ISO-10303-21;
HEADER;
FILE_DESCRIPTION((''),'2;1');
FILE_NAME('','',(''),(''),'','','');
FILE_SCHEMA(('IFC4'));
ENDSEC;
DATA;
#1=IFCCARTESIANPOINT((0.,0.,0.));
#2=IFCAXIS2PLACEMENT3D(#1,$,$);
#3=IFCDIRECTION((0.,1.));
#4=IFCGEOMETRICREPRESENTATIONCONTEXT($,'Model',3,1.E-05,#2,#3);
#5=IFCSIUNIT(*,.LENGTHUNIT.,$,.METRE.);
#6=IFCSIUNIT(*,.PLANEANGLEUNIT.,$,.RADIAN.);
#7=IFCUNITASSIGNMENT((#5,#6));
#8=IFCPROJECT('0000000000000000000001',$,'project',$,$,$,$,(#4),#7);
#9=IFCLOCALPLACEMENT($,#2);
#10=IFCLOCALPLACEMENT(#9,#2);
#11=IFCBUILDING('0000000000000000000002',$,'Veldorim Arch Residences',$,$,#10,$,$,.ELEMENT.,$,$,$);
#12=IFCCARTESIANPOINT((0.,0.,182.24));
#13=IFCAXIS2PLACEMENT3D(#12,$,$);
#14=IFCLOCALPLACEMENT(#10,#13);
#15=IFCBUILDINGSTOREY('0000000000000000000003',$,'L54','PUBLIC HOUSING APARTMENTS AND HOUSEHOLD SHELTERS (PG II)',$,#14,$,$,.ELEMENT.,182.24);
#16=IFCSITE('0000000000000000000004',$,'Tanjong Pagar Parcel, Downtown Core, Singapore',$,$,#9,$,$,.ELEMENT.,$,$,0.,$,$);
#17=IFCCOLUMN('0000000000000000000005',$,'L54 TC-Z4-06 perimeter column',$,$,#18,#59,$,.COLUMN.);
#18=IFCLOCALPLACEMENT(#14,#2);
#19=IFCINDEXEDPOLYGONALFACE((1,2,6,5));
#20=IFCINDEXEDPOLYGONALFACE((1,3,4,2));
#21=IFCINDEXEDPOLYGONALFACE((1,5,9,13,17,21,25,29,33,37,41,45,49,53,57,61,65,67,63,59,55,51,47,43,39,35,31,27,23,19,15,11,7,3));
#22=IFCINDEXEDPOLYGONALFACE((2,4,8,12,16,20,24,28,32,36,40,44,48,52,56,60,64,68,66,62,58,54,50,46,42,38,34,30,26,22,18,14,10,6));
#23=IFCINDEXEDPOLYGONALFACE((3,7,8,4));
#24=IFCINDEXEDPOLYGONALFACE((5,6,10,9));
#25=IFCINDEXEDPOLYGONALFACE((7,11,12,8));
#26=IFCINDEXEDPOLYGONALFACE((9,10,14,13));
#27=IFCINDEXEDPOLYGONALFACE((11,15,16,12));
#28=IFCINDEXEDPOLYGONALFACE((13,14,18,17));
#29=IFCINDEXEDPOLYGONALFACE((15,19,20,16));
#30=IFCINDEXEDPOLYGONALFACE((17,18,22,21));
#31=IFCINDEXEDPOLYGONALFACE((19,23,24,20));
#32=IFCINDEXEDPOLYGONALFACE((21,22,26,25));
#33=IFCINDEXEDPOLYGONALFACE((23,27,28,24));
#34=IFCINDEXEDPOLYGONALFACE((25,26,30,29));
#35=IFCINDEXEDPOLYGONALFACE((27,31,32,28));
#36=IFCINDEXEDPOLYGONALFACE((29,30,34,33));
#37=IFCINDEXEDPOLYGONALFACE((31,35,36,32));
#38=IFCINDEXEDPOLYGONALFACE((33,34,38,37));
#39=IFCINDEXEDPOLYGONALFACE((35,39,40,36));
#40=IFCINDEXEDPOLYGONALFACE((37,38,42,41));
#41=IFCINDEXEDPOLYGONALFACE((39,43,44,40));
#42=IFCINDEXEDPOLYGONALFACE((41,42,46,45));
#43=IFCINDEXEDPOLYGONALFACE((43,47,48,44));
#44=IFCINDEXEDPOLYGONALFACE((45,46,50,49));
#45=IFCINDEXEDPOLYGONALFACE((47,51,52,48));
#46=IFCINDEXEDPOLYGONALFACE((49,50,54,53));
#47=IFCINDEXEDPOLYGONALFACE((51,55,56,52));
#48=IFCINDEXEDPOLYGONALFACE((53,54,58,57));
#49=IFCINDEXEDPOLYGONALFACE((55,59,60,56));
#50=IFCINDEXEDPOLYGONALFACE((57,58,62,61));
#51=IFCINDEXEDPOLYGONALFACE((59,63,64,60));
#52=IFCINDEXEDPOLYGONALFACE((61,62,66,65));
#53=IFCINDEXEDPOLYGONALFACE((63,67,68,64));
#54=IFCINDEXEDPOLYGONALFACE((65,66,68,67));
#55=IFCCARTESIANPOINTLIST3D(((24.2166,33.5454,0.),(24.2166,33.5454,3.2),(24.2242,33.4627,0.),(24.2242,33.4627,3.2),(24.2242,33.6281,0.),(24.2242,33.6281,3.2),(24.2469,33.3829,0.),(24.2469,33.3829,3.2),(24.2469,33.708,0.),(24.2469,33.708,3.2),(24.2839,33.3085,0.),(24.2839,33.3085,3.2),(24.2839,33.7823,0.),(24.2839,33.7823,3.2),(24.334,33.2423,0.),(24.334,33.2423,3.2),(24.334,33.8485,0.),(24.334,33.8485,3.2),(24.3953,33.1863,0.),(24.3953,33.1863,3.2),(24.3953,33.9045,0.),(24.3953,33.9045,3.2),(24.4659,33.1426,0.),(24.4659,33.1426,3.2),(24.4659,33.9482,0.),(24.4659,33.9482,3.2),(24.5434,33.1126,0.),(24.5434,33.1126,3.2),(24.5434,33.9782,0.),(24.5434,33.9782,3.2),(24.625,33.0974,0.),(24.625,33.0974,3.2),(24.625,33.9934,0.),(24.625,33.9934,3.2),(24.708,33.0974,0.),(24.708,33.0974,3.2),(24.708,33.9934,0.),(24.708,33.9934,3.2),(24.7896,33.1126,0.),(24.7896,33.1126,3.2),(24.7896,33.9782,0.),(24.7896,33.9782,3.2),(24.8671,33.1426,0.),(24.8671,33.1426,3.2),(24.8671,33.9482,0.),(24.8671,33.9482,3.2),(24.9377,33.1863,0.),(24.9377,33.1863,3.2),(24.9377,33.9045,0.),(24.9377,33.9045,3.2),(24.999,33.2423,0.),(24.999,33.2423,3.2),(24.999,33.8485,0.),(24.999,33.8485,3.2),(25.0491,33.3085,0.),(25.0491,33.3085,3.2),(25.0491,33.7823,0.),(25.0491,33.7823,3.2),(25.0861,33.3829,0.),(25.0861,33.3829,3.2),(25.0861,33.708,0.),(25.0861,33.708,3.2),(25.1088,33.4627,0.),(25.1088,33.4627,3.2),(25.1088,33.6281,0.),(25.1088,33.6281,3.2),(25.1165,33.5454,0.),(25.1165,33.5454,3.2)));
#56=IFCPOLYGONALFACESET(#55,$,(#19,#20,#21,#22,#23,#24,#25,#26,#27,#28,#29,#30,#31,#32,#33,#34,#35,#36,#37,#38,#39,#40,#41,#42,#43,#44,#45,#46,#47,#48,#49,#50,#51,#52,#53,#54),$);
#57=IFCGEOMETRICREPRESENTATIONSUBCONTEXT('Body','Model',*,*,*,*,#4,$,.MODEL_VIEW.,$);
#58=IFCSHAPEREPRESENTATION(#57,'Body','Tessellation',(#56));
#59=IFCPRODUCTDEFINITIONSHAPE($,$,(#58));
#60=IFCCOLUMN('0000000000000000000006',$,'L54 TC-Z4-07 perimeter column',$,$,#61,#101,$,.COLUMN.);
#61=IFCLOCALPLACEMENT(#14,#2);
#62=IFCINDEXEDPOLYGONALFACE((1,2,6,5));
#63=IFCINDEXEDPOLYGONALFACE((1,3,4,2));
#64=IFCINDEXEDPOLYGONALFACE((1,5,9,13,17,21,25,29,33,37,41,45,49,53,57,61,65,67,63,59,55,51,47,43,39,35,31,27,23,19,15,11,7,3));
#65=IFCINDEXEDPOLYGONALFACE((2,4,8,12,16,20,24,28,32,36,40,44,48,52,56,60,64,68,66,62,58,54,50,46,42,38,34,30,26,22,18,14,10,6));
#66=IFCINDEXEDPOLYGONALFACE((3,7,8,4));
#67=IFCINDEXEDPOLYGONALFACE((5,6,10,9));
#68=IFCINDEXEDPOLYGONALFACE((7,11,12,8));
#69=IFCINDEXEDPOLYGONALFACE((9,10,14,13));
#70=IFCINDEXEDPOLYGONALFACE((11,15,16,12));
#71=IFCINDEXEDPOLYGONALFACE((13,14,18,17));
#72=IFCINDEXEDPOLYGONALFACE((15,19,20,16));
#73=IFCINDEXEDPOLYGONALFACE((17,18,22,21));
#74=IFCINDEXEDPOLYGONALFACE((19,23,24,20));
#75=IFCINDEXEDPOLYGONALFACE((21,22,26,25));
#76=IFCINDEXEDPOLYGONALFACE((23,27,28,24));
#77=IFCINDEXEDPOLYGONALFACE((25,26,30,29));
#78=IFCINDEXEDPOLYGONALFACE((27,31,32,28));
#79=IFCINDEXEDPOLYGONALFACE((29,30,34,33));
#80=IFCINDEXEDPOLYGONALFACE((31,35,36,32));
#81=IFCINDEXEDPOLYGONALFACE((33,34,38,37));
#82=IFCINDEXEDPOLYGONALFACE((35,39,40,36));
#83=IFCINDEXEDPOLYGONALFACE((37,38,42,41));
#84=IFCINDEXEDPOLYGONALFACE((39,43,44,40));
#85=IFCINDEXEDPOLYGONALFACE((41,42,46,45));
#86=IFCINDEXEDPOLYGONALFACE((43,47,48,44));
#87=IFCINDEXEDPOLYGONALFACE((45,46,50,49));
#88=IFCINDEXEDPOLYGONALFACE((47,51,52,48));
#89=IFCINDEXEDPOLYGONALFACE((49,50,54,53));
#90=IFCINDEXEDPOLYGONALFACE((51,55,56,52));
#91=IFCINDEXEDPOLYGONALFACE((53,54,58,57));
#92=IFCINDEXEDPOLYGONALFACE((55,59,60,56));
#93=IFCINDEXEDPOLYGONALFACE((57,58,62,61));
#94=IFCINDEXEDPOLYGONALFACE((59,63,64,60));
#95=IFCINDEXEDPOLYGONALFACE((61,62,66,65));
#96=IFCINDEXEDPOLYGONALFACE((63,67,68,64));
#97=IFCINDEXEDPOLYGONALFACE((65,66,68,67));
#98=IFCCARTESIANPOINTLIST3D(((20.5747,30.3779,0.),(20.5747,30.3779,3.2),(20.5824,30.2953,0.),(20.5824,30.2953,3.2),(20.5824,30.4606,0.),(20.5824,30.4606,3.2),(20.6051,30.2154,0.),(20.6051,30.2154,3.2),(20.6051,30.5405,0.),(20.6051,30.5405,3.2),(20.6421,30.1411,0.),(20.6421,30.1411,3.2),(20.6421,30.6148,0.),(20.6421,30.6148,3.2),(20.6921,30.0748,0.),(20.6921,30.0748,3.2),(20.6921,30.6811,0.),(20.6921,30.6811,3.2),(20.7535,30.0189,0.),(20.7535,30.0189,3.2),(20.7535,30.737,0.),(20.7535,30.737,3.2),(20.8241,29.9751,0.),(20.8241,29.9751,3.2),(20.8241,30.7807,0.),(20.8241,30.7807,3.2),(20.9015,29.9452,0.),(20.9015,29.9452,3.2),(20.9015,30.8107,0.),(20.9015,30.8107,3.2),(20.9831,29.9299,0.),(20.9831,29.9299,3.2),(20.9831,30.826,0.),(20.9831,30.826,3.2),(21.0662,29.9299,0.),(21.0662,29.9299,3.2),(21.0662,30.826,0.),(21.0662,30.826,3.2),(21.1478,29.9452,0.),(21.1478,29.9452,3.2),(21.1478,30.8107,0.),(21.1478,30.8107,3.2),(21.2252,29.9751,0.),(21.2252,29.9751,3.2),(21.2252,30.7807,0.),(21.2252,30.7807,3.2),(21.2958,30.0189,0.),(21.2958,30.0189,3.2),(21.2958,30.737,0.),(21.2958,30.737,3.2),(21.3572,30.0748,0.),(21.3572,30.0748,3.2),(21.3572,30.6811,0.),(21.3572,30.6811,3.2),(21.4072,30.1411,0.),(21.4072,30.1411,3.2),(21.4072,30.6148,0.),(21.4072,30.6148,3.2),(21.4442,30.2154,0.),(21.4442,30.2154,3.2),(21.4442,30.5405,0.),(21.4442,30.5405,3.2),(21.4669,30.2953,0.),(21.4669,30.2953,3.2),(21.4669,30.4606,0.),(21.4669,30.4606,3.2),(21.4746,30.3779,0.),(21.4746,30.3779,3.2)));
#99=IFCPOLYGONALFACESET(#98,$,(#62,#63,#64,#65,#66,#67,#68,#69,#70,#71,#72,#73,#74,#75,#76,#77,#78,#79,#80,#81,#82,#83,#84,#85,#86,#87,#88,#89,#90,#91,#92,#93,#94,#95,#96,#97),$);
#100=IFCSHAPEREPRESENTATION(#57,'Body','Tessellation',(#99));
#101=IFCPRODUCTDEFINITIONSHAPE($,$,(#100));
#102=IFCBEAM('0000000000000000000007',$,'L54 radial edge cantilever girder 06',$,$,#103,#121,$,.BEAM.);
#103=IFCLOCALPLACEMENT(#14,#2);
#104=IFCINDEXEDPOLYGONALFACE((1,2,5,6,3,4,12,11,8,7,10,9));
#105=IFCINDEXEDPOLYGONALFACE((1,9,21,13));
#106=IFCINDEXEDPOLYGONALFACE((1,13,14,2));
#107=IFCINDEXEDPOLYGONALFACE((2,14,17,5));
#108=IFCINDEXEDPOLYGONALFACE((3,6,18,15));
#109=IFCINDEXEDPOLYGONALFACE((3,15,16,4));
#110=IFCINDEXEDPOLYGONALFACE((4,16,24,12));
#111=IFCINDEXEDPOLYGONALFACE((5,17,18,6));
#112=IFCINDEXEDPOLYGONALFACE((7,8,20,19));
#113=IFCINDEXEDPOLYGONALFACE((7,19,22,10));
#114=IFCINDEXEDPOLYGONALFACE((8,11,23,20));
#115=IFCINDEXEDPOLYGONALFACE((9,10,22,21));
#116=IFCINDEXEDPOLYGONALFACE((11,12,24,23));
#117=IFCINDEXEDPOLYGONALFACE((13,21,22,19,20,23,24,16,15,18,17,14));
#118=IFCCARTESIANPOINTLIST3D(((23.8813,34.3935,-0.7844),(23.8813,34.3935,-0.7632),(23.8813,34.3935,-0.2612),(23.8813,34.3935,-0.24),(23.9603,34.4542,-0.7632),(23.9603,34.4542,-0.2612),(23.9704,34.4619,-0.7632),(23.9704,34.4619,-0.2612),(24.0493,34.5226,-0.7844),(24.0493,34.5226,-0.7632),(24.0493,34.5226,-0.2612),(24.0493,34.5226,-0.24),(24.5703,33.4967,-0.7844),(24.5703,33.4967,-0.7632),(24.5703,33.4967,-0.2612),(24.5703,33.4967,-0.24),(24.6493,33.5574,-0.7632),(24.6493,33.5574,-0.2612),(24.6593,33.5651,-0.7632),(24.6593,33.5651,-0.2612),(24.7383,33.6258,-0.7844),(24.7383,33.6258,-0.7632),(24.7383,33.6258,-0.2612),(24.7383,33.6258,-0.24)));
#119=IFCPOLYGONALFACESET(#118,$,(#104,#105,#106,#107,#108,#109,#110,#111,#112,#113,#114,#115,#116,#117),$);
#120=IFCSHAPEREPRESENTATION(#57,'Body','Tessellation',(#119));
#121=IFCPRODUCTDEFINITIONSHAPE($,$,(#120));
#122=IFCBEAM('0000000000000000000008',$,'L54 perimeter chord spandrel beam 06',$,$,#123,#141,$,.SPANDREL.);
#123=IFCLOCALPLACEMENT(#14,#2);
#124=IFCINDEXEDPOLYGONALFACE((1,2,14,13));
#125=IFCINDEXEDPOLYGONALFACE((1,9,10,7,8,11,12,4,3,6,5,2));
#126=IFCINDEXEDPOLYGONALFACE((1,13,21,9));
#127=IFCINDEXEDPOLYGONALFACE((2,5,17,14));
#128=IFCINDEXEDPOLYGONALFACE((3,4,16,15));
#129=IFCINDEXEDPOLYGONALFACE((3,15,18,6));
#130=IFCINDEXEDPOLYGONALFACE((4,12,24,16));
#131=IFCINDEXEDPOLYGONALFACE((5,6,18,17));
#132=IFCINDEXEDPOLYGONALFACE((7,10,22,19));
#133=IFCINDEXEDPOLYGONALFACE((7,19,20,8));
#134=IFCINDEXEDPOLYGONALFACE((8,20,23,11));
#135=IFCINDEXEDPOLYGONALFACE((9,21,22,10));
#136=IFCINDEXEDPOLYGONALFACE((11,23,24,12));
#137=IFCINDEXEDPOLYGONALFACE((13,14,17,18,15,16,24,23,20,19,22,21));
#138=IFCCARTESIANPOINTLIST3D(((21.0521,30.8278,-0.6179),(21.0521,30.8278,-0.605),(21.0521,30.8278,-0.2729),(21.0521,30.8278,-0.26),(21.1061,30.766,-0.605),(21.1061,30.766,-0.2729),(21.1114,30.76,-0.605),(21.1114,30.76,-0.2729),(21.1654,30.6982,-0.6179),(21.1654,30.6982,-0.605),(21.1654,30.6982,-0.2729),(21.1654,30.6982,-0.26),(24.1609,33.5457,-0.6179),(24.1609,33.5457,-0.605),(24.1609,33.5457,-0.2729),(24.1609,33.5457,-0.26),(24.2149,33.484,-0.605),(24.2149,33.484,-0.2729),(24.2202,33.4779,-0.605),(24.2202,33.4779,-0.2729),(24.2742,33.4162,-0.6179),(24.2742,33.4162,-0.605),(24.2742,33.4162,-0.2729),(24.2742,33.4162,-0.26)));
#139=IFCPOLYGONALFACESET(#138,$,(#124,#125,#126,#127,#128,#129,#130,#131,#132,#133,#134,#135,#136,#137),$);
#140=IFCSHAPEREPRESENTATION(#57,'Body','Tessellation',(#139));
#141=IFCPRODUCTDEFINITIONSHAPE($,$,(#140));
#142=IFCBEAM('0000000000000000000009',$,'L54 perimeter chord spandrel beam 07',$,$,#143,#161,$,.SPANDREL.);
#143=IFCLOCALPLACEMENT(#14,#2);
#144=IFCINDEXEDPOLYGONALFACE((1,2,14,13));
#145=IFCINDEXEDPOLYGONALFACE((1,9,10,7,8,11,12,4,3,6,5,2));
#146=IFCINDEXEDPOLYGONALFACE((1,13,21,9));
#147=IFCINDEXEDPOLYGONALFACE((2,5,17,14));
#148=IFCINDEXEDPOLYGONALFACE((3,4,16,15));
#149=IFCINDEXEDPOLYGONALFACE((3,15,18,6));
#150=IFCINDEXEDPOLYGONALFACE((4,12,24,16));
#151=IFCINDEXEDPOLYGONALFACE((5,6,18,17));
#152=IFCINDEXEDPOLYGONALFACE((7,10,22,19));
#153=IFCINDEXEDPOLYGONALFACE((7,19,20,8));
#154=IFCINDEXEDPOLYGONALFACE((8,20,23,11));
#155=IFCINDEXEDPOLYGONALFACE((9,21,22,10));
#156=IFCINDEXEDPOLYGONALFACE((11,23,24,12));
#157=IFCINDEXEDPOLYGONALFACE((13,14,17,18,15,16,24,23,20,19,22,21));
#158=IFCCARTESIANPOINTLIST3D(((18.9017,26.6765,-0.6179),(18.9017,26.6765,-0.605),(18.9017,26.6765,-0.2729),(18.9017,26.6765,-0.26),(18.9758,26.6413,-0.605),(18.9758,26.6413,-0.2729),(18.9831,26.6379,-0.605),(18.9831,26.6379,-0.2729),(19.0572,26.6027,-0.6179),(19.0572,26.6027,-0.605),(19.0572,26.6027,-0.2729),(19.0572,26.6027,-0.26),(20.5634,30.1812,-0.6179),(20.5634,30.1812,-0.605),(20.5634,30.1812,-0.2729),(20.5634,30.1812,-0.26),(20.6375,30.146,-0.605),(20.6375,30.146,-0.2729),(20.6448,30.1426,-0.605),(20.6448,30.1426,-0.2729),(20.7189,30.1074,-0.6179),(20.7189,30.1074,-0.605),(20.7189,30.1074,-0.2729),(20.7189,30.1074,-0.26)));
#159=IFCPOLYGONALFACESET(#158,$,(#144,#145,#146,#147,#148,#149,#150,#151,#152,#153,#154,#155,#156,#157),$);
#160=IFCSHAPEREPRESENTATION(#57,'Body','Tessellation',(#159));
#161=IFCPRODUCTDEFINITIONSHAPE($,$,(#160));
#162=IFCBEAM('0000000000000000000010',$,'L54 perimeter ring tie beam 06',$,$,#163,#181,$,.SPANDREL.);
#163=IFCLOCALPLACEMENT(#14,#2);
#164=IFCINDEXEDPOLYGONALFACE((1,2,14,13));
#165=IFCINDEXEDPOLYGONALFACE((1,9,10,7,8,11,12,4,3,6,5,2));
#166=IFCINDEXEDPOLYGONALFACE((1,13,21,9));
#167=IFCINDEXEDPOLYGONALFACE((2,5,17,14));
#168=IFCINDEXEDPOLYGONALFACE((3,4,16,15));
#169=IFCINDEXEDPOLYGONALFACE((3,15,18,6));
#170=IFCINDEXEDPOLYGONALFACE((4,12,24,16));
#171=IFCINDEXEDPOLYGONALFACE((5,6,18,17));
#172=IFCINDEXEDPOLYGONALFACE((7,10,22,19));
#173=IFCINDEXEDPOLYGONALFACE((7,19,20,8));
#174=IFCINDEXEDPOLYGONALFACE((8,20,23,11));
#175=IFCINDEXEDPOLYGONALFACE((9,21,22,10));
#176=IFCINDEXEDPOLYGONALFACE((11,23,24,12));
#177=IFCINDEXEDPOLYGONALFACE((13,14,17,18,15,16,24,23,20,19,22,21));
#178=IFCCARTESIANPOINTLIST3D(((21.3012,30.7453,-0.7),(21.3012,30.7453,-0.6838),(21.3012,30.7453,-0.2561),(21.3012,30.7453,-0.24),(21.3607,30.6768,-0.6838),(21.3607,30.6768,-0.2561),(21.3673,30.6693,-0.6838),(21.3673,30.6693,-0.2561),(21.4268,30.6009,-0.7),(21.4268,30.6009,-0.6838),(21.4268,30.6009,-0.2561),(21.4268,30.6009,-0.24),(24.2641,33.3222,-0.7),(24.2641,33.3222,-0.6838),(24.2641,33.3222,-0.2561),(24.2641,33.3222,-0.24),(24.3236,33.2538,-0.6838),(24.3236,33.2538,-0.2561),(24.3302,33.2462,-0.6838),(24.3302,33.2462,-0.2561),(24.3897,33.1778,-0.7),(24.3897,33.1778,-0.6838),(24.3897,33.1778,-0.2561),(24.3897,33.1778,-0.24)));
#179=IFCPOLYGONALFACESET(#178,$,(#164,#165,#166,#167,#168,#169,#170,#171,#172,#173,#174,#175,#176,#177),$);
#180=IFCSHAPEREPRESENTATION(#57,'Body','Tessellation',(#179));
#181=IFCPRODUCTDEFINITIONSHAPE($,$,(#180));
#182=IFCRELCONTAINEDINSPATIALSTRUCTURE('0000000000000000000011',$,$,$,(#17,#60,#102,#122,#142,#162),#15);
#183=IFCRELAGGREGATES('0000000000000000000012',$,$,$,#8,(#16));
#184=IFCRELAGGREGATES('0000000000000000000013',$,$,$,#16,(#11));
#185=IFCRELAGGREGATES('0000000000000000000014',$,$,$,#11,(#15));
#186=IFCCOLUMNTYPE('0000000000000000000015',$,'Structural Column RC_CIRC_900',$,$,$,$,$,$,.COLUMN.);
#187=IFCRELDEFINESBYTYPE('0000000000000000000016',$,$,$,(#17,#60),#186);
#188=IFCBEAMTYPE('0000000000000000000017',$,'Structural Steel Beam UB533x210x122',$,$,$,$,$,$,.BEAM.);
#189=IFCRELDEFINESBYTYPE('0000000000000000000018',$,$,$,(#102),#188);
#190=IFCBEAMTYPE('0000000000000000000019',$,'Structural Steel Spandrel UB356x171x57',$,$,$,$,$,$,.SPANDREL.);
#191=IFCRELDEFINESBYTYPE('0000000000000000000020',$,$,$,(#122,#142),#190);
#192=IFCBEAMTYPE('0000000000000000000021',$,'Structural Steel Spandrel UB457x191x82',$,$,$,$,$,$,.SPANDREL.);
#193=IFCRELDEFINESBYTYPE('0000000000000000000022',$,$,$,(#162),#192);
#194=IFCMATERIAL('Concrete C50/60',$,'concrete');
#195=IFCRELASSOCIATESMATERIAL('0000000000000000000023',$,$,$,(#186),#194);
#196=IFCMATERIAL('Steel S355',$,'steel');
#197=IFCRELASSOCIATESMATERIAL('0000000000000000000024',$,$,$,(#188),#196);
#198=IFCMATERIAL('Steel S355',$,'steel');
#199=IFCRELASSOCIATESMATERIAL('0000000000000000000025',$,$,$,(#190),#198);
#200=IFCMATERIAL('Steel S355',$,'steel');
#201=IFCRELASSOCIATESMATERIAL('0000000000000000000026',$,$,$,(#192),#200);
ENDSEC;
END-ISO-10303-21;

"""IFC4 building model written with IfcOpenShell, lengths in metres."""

from ifc_helpers import new_model, si_unit, direction, frame, origin, origin_2d, place, context, subcontext, project, spatial, circle, i_section, extrude, material, material_profile, profile_set, type_object, element, save


model = new_model("IFC4")

# Units and contexts
model_context = context("Model", 3, precision=1e-05, world=origin(), true_north=direction((0.0, 1.0)))
body_context = subcontext(model_context, "Body", "Model", "MODEL_VIEW")
ifc_project = project(units=[si_unit("LENGTHUNIT", "METRE"), si_unit("PLANEANGLEUNIT", "RADIAN")], contexts=[model_context])

# Site, building, storey
site_placement = place(None, origin())
site = spatial("IfcSite", under=ifc_project, at=site_placement, Name="Tanjong Pagar Parcel, Downtown Core, Singapore", CompositionType="ELEMENT", RefElevation=0.0)
building_placement = place(site_placement, origin())
building = spatial("IfcBuilding", under=site, at=building_placement, Name="Veldorim Arch Residences", CompositionType="ELEMENT")
storey_placement = place(building_placement, frame((0.0, 0.0, 182.24)))
storey = spatial("IfcBuildingStorey", under=building, at=storey_placement, Name="L54", Description="PUBLIC HOUSING APARTMENTS AND HOUSEHOLD SHELTERS (PG II)", CompositionType="ELEMENT", Elevation=182.24)

# Columns
ifc_material_1 = material(Name="Concrete C50/60", Category="concrete")
ifc_material_profile_1 = material_profile(ifc_material_1, circle(Radius=0.45, at=origin_2d()), Name="RC_CIRC_900")
ifc_profile_set_1 = profile_set([ifc_material_profile_1], Name="Concrete C50/60")
column_type = type_object("IfcColumnType", Name="Structural Column RC_CIRC_900", PredefinedType="COLUMN", material=ifc_profile_set_1)
for number, where, z_axis, x_axis, name in (
    (1, (24.6665, 33.5454, 0.0), (0.0, 0.0, 1.0), (1.0, 0.0, 0.0), "L54 TC-Z4-06 perimeter column"),
    (2, (21.0247, 30.3779, 0.0), (0.0, 0.0, 1.0), (1.0, 0.0, 0.0), "L54 TC-Z4-07 perimeter column"),
):
    element("IfcColumn", number, at=place(storey_placement, frame(where, z_axis=z_axis, x_axis=x_axis)), inside=storey, type_object=column_type, Name=name, PredefinedType="COLUMN", context=body_context, shape_type="SweptSolid", body=[
        extrude(circle(Radius=0.45, at=origin_2d()), origin(), (0.0, 0.0, 1.0), 3.2),
    ])

# Beams
ifc_material_2 = material(Name="Steel S355", Category="steel")
ifc_material_profile_2 = material_profile(ifc_material_2, i_section(OverallWidth=0.2119, OverallDepth=0.5444, WebThickness=0.0127, FlangeThickness=0.0212, at=origin_2d()), Name="UB533x210x122")
ifc_profile_set_2 = profile_set([ifc_material_profile_2], Name="Steel S355")
beam_type_1 = type_object("IfcBeamType", Name="Structural Steel Beam UB533x210x122", PredefinedType="BEAM", material=ifc_profile_set_2)
beam_1_placement = place(storey_placement, frame((24.6543, 33.5613, -0.5122), z_axis=(-0.609252, 0.792977, 0.0), x_axis=(-0.792977, -0.609252, 0.0)))
element("IfcBeam", 3, at=beam_1_placement, inside=storey, type_object=beam_type_1, Name="L54 radial edge cantilever girder 06", PredefinedType="BEAM", context=body_context, shape_type="SweptSolid", body=[
    extrude(i_section(OverallWidth=0.2119, OverallDepth=0.5444, WebThickness=0.0127, FlangeThickness=0.0212, at=origin_2d()), origin(), (0.0, 0.0, 1.0), 1.1309),
])
ifc_material_3 = material(Name="Steel S355", Category="steel")
ifc_material_profile_3 = material_profile(ifc_material_3, i_section(OverallWidth=0.1721, OverallDepth=0.3579, WebThickness=0.0081, FlangeThickness=0.0129, at=origin_2d()), Name="UB356x171x57")
ifc_profile_set_3 = profile_set([ifc_material_profile_3], Name="Steel S355")
beam_type_2 = type_object("IfcBeamType", Name="Structural Steel Spandrel UB356x171x57", PredefinedType="SPANDREL", material=ifc_profile_set_3)
beam_2_placement = place(storey_placement, frame((24.2175, 33.481, -0.439), z_axis=(-0.752848, -0.658195, 0.0), x_axis=(0.658195, -0.752848, 0.0)))
element("IfcBeam", 4, at=beam_2_placement, inside=storey, type_object=beam_type_2, Name="L54 perimeter chord spandrel beam 06", PredefinedType="SPANDREL", context=body_context, shape_type="SweptSolid", body=[
    extrude(i_section(OverallWidth=0.1721, OverallDepth=0.3579, WebThickness=0.0081, FlangeThickness=0.0129, at=origin_2d()), origin(), (0.0, 0.0, 1.0), 4.1294),
])
beam_3_placement = place(storey_placement, frame((20.6411, 30.1443, -0.439), z_axis=(-0.428408, -0.903585, 0.0), x_axis=(0.903585, -0.428408, 0.0)))
element("IfcBeam", 5, at=beam_3_placement, inside=storey, type_object=beam_type_2, Name="L54 perimeter chord spandrel beam 07", PredefinedType="SPANDREL", context=body_context, shape_type="SweptSolid", body=[
    extrude(i_section(OverallWidth=0.1721, OverallDepth=0.3579, WebThickness=0.0081, FlangeThickness=0.0129, at=origin_2d()), origin(), (0.0, 0.0, 1.0), 3.8787),
])
ifc_material_4 = material(Name="Steel S355", Category="steel")
ifc_material_profile_4 = material_profile(ifc_material_4, i_section(OverallWidth=0.1914, OverallDepth=0.46, WebThickness=0.01, FlangeThickness=0.0161, at=origin_2d()), Name="UB457x191x82")
ifc_profile_set_4 = profile_set([ifc_material_profile_4], Name="Steel S355")
beam_type_3 = type_object("IfcBeamType", Name="Structural Steel Spandrel UB457x191x82", PredefinedType="SPANDREL", material=ifc_profile_set_4)
beam_4_placement = place(storey_placement, frame((24.3269, 33.25, -0.47), z_axis=(-0.754545, -0.656248, 0.0), x_axis=(0.656248, -0.754545, 0.0)))
element("IfcBeam", 6, at=beam_4_placement, inside=storey, type_object=beam_type_3, Name="L54 perimeter ring tie beam 06", PredefinedType="SPANDREL", context=body_context, shape_type="SweptSolid", body=[
    extrude(i_section(OverallWidth=0.1914, OverallDepth=0.46, WebThickness=0.01, FlangeThickness=0.0161, at=origin_2d()), origin(), (0.0, 0.0, 1.0), 3.9268),
])

save(model, "model.ifc")
